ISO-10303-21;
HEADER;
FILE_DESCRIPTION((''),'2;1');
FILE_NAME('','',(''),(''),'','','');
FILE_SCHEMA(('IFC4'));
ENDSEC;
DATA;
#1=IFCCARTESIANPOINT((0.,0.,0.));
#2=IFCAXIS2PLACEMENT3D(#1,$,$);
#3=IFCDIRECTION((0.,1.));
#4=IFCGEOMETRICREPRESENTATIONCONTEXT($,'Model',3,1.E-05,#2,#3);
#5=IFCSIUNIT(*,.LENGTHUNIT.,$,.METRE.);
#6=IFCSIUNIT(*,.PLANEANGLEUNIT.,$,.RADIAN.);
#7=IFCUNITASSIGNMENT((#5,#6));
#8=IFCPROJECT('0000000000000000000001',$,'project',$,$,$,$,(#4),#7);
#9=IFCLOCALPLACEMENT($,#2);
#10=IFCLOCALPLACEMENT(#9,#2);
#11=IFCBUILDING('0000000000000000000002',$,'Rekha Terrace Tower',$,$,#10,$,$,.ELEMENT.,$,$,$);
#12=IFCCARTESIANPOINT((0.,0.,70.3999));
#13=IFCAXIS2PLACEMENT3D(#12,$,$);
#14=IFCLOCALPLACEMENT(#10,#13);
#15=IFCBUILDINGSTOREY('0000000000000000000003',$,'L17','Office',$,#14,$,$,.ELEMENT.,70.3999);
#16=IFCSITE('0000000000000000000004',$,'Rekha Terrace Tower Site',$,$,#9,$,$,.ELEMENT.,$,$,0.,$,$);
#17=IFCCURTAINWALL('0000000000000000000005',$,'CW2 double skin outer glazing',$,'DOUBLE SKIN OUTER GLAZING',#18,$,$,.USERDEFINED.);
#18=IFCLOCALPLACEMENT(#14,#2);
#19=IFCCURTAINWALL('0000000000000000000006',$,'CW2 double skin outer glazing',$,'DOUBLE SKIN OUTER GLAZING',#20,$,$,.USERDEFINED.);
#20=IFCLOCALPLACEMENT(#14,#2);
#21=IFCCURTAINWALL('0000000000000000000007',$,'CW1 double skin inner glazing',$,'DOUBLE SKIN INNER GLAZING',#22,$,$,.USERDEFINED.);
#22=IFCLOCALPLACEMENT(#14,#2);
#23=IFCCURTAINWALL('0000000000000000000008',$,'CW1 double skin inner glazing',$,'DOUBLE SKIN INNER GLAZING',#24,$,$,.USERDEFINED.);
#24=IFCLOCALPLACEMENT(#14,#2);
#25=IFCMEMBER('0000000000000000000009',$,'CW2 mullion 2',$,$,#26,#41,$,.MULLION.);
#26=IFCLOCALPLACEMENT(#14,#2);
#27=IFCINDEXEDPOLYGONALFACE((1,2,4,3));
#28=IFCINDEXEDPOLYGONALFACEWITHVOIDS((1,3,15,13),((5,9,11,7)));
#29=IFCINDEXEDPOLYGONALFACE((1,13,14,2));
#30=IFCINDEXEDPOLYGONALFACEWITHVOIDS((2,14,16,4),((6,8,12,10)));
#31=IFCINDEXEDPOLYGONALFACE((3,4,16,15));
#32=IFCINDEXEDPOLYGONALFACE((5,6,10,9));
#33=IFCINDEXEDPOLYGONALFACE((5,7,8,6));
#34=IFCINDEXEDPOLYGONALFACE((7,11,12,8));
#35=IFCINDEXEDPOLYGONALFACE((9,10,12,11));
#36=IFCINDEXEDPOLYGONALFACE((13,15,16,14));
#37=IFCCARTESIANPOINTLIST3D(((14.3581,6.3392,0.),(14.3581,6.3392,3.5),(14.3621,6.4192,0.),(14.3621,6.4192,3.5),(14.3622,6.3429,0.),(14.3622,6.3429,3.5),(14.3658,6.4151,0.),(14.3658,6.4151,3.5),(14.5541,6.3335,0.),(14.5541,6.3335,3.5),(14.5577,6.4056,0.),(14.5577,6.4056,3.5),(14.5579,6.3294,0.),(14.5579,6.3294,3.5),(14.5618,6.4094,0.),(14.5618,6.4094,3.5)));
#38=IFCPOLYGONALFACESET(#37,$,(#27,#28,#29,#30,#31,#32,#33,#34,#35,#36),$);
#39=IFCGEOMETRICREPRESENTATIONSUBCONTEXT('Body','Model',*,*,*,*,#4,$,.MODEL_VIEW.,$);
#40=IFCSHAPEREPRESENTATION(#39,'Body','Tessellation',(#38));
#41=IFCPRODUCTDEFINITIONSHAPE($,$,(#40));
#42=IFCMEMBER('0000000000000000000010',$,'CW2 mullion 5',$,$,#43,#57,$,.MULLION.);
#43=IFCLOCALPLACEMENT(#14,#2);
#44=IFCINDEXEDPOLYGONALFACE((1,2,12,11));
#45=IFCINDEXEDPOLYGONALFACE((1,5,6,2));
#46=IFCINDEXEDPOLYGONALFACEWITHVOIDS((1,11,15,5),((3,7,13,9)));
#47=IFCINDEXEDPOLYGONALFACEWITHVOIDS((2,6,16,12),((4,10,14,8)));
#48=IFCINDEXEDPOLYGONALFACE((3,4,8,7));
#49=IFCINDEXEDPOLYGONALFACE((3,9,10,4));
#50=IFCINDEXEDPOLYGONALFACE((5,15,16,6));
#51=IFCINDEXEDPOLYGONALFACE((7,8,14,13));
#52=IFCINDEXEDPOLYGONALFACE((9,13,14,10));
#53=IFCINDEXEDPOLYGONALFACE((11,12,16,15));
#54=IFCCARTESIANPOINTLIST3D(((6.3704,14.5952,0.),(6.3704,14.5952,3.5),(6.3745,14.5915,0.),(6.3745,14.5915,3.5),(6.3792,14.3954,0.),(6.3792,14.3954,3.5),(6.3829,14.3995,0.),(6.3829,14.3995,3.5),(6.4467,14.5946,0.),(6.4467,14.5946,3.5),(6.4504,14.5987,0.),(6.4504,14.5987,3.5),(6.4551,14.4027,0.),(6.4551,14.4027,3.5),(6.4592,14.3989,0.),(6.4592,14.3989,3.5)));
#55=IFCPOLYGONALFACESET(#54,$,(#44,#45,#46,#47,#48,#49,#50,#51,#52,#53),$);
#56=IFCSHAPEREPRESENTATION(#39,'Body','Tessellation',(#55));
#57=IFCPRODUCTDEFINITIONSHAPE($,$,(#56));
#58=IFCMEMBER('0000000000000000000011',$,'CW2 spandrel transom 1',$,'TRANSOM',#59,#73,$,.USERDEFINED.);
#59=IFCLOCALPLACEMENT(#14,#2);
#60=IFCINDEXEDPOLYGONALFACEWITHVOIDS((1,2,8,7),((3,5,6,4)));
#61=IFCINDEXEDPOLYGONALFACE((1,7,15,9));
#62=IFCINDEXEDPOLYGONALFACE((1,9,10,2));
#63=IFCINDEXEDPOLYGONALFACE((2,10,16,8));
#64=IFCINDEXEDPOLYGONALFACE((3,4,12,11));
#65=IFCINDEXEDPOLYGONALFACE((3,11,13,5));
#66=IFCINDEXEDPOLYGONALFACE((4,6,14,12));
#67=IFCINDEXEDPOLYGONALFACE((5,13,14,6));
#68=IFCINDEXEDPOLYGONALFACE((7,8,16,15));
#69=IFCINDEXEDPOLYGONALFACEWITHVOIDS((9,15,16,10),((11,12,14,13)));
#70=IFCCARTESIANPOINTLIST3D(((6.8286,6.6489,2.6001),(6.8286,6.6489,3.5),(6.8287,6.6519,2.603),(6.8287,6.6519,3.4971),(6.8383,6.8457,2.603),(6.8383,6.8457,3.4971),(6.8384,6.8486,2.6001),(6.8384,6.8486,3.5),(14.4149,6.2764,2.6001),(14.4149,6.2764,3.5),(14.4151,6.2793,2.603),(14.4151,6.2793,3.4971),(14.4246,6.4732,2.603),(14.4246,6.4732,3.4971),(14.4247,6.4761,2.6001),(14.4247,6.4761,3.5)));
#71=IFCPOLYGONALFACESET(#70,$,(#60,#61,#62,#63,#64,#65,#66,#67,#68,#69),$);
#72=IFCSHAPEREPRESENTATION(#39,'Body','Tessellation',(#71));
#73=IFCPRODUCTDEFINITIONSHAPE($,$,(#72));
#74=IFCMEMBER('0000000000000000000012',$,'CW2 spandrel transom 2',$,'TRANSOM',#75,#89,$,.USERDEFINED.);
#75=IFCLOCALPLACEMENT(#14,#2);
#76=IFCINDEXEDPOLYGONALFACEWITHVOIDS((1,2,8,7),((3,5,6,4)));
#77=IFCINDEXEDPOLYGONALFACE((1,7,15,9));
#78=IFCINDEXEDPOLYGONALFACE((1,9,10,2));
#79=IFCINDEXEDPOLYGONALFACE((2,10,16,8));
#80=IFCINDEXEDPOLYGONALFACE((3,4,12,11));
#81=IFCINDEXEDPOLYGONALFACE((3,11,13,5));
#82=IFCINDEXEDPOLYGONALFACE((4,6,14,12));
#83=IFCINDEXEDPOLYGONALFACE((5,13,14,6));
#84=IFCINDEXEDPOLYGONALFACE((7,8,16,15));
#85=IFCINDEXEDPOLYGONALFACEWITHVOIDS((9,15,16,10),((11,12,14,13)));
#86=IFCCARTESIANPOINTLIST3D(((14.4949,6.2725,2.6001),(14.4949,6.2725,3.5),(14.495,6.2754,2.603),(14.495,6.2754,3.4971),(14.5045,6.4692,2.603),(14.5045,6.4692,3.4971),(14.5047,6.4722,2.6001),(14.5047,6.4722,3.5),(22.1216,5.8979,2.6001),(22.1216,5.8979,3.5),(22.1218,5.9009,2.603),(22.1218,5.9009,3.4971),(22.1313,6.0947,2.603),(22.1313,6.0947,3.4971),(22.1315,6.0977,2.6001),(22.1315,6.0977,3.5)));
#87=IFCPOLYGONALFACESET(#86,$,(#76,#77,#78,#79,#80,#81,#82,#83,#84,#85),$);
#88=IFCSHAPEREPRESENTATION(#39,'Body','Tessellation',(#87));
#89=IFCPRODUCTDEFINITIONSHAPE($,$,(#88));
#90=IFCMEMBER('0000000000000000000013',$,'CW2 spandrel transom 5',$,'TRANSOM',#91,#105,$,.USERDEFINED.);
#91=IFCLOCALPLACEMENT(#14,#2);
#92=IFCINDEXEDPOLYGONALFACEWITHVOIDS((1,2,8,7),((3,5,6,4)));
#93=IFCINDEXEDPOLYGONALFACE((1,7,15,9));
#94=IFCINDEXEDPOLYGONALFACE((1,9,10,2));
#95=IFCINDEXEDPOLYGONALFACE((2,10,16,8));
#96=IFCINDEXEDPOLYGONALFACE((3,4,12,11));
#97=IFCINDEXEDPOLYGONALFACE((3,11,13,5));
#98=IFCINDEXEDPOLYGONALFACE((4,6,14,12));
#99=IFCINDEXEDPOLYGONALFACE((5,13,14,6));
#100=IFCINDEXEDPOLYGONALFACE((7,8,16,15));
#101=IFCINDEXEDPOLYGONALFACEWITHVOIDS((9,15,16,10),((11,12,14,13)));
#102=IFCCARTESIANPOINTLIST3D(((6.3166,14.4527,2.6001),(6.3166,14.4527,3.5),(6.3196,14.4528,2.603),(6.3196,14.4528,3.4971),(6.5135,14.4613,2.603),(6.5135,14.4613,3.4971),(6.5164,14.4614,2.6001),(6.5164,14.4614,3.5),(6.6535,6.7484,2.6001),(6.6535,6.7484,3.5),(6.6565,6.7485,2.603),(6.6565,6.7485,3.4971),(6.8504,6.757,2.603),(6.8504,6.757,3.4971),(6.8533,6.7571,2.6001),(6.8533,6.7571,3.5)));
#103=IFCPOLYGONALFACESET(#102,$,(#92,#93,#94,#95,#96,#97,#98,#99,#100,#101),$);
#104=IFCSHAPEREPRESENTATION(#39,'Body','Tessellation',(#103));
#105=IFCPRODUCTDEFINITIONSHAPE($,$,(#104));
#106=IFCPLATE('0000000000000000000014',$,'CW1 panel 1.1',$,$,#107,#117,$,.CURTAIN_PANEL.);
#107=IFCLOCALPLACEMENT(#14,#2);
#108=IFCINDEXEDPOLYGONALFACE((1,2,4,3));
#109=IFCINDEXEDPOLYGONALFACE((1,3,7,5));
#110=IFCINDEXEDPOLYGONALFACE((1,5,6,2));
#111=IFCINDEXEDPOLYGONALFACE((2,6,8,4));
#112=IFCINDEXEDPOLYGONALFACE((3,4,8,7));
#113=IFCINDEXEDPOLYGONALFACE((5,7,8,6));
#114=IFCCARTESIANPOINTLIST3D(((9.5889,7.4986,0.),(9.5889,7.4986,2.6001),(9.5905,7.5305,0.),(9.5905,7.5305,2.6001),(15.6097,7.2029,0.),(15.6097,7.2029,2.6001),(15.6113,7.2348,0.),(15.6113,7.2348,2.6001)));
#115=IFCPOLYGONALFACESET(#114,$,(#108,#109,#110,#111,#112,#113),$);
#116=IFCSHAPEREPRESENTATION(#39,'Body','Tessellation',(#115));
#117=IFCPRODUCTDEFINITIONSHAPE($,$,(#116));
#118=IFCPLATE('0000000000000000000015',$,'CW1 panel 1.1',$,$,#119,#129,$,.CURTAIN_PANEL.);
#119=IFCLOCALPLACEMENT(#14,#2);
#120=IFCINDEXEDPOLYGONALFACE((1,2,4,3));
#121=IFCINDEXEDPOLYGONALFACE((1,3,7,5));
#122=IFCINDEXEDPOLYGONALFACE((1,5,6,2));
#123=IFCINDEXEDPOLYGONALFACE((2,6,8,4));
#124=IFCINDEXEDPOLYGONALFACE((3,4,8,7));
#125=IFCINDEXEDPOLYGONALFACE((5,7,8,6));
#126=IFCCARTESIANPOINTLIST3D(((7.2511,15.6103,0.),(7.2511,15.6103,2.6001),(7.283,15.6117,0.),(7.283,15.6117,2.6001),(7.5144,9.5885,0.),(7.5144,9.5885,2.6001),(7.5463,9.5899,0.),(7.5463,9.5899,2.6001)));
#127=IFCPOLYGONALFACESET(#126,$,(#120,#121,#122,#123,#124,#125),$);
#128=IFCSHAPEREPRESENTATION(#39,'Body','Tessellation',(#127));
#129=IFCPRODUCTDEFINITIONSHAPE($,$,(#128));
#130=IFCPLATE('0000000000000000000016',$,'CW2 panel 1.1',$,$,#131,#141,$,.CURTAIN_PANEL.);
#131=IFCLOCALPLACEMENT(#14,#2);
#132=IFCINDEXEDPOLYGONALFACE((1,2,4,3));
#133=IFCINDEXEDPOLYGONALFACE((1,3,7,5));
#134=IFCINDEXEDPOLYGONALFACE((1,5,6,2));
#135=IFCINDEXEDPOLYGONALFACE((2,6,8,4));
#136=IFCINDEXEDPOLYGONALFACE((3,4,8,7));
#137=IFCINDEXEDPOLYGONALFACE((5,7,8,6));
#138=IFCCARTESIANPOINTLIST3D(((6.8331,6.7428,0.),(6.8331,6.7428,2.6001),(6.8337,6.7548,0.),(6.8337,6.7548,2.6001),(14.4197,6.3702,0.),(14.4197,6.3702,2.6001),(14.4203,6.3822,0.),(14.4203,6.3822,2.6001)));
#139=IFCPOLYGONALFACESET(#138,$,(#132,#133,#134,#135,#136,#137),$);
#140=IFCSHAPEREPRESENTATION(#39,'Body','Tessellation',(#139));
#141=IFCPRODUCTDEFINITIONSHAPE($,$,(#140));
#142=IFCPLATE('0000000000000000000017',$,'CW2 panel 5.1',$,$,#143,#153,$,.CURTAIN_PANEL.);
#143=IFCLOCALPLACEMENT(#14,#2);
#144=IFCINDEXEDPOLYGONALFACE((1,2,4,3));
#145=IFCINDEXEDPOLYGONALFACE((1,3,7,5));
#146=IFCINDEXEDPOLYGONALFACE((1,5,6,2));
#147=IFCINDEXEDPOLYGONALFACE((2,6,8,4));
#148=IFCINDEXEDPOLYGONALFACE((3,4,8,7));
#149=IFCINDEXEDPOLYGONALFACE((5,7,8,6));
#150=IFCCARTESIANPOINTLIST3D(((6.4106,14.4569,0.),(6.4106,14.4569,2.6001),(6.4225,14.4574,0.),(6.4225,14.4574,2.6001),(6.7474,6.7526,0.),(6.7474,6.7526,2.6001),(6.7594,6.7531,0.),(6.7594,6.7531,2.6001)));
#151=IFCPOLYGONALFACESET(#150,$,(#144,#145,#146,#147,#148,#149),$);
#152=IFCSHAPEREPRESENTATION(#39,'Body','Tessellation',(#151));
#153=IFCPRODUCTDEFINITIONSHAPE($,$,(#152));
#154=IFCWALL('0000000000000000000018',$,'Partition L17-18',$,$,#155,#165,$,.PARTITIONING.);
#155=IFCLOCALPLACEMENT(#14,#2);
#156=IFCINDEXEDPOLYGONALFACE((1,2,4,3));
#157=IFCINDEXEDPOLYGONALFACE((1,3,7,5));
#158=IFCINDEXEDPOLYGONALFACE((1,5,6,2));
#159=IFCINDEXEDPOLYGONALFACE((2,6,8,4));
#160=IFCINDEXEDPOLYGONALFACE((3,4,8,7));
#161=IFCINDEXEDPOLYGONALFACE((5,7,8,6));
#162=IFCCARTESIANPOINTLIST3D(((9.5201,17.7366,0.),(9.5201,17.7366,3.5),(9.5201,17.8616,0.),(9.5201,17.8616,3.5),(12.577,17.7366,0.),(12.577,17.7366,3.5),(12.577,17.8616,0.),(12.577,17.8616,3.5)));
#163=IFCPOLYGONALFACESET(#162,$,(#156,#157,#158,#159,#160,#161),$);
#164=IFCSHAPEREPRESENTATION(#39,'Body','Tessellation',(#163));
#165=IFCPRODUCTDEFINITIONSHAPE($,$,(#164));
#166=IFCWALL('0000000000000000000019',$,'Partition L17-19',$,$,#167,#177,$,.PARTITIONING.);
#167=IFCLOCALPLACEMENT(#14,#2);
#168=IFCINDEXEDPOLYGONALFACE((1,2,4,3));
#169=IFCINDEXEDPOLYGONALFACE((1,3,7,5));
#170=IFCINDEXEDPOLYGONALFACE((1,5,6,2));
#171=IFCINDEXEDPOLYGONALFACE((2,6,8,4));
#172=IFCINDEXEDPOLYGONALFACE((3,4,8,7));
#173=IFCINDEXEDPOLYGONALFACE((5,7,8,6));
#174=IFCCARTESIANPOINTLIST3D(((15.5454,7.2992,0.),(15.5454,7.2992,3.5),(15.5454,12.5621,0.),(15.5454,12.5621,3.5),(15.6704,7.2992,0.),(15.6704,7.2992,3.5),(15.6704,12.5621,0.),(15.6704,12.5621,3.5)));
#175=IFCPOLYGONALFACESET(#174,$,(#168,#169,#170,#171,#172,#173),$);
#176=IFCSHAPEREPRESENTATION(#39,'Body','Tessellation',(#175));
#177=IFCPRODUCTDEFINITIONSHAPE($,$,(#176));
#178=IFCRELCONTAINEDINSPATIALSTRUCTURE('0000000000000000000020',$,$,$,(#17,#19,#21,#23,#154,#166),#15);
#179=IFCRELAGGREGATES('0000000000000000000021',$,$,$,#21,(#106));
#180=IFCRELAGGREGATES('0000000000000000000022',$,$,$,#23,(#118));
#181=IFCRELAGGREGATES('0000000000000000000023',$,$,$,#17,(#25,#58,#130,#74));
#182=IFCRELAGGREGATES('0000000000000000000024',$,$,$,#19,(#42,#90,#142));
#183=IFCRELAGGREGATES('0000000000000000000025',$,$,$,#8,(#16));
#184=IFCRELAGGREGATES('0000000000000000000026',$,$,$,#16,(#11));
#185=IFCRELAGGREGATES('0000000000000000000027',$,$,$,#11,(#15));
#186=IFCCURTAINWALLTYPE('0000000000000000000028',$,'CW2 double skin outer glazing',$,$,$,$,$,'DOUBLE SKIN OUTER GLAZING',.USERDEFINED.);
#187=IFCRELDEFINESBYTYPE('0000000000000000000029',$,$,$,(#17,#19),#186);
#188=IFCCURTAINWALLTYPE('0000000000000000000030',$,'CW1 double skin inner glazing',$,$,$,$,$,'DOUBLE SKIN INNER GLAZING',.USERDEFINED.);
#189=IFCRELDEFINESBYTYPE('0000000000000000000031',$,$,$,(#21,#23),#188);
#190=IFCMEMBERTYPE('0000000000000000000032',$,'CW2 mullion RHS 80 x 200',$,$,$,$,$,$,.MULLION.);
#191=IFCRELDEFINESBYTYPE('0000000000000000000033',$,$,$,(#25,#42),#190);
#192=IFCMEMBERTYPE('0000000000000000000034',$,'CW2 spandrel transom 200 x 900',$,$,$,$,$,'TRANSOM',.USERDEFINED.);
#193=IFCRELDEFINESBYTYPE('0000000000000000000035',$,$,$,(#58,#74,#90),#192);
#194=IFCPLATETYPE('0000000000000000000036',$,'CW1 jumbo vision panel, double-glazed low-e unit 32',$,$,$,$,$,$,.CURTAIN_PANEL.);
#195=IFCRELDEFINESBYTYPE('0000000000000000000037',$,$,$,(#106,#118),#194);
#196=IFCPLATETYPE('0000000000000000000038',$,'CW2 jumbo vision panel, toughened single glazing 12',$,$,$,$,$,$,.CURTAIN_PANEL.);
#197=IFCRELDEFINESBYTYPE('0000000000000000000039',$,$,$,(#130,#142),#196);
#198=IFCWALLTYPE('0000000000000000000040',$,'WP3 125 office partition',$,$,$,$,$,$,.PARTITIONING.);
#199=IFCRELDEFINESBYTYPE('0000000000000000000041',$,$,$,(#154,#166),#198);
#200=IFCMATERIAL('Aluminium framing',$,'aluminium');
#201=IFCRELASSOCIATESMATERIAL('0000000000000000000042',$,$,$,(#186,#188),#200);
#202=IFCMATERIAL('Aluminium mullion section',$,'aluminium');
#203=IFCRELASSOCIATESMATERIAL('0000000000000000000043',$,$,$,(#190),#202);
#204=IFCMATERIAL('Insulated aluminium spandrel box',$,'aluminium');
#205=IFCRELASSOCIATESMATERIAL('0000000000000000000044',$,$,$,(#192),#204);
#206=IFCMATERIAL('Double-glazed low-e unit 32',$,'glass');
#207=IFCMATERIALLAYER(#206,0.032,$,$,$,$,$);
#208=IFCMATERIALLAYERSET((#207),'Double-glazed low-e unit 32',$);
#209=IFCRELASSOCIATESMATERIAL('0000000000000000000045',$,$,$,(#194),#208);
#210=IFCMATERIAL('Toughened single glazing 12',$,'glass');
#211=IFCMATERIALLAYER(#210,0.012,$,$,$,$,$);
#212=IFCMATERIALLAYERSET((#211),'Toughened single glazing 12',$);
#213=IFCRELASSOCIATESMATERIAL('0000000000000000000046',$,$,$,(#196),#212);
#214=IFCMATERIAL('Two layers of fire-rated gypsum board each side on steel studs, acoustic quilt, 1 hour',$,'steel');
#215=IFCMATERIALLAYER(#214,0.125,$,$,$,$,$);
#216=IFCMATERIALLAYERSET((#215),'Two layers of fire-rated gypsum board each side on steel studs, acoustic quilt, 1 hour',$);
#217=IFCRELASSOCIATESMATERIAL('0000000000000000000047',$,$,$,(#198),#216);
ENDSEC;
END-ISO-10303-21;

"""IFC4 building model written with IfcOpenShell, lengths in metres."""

from ifc_helpers import new_model, si_unit, direction, frame, frame_2d, origin, origin_2d, place, context, subcontext, project, spatial, rectangle, hollow_rectangle, extrude, material, layer, layer_set, material_profile, profile_set, type_object, element, aggregate, save


model = new_model("IFC4")

# Units and contexts
model_context = context("Model", 3, precision=1e-05, world=origin(), true_north=direction((0.0, 1.0)))
body_context = subcontext(model_context, "Body", "Model", "MODEL_VIEW")
ifc_project = project(units=[si_unit("LENGTHUNIT", "METRE"), si_unit("PLANEANGLEUNIT", "RADIAN")], contexts=[model_context])

# Site, building, storey
site_placement = place(None, origin())
site = spatial("IfcSite", under=ifc_project, at=site_placement, Name="Rekha Terrace Tower Site", CompositionType="ELEMENT", RefElevation=0.0)
building_placement = place(site_placement, origin())
building = spatial("IfcBuilding", under=site, at=building_placement, Name="Rekha Terrace Tower", CompositionType="ELEMENT")
storey_placement = place(building_placement, frame((0.0, 0.0, 70.3999)))
storey = spatial("IfcBuildingStorey", under=building, at=storey_placement, Name="L17", Description="Office", CompositionType="ELEMENT", Elevation=70.3999)

# Curtain walls
ifc_material_1 = material(Name="Aluminium framing", Category="aluminium")
curtain_wall_type_1 = type_object("IfcCurtainWallType", Name="CW2 double skin outer glazing", ElementType="DOUBLE SKIN OUTER GLAZING", PredefinedType="USERDEFINED", material=ifc_material_1)
curtain_wall_1_placement = place(storey_placement, origin())
curtain_wall_1 = element("IfcCurtainWall", 1, at=curtain_wall_1_placement, inside=storey, type_object=curtain_wall_type_1, Name="CW2 double skin outer glazing", ObjectType="DOUBLE SKIN OUTER GLAZING", PredefinedType="USERDEFINED")
curtain_wall_2_placement = place(storey_placement, origin())
curtain_wall_2 = element("IfcCurtainWall", 2, at=curtain_wall_2_placement, inside=storey, type_object=curtain_wall_type_1, Name="CW2 double skin outer glazing", ObjectType="DOUBLE SKIN OUTER GLAZING", PredefinedType="USERDEFINED")
curtain_wall_type_2 = type_object("IfcCurtainWallType", Name="CW1 double skin inner glazing", ElementType="DOUBLE SKIN INNER GLAZING", PredefinedType="USERDEFINED", material=ifc_material_1)
curtain_wall_3_placement = place(storey_placement, origin())
curtain_wall_3 = element("IfcCurtainWall", 3, at=curtain_wall_3_placement, inside=storey, type_object=curtain_wall_type_2, Name="CW1 double skin inner glazing", ObjectType="DOUBLE SKIN INNER GLAZING", PredefinedType="USERDEFINED")
ifc_material_2 = material(Name="Aluminium mullion section", Category="aluminium")

# Curtain wall
curtain_wall_4_placement = place(storey_placement, origin())
curtain_wall_4 = element("IfcCurtainWall", 4, at=curtain_wall_4_placement, inside=storey, type_object=curtain_wall_type_2, Name="CW1 double skin inner glazing", ObjectType="DOUBLE SKIN INNER GLAZING", PredefinedType="USERDEFINED")

# Members
ifc_material_3 = material(Name="Insulated aluminium spandrel box", Category="aluminium")
ifc_material_profile_1 = material_profile(ifc_material_2, hollow_rectangle(XDim=0.0801, YDim=0.2, WallThickness=0.0039, at=origin_2d()), Name="AL RHS 80x200")
ifc_profile_set_1 = profile_set([ifc_material_profile_1], Name="Aluminium mullion section")
member_type_1 = type_object("IfcMemberType", Name="CW2 mullion RHS 80 x 200", PredefinedType="MULLION", material=ifc_profile_set_1)
member_1_placement = place(storey_placement, frame((14.46, 6.3743, 0.0), z_axis=(0.0, 0.0, 1.0), x_axis=(0.049052, 0.998796, 0.0)))
member_1 = element("IfcMember", 5, at=member_1_placement, type_object=member_type_1, Name="CW2 mullion 2", PredefinedType="MULLION", context=body_context, shape_type="SweptSolid", body=[
    extrude(hollow_rectangle(XDim=0.0801, YDim=0.2, WallThickness=0.0039, at=origin_2d()), origin(), (0.0, 0.0, 1.0), 3.5),
])
member_2_placement = place(storey_placement, frame((6.4148, 14.4971, 0.0), z_axis=(0.0, 0.0, 1.0), x_axis=(0.999045, 0.043683, 0.0)))
member_2 = element("IfcMember", 6, at=member_2_placement, type_object=member_type_1, Name="CW2 mullion 5", PredefinedType="MULLION", context=body_context, shape_type="SweptSolid", body=[
    extrude(hollow_rectangle(XDim=0.0801, YDim=0.2, WallThickness=0.0039, at=origin_2d()), origin(), (0.0, 0.0, 1.0), 3.5),
])
ifc_material_profile_2 = material_profile(ifc_material_3, hollow_rectangle(XDim=0.2, YDim=0.8999, WallThickness=0.0029, at=origin_2d()), Name="AL SPANDREL BOX 200x900")
ifc_profile_set_2 = profile_set([ifc_material_profile_2], Name="Insulated aluminium spandrel box")
member_type_2 = type_object("IfcMemberType", Name="CW2 spandrel transom 200 x 900", ElementType="TRANSOM", PredefinedType="USERDEFINED", material=ifc_profile_set_2)
member_3_placement = place(storey_placement, frame((6.8335, 6.7488, 3.05), z_axis=(0.998796, -0.049049, 0.0), x_axis=(0.049049, 0.998796, 0.0)))
member_3 = element("IfcMember", 7, at=member_3_placement, type_object=member_type_2, Name="CW2 spandrel transom 1", ObjectType="TRANSOM", PredefinedType="USERDEFINED", context=body_context, shape_type="SweptSolid", body=[
    extrude(hollow_rectangle(XDim=0.2, YDim=0.8999, WallThickness=0.0029, at=origin_2d()), origin(), (0.0, 0.0, 1.0), 7.5955),
])
member_4_placement = place(storey_placement, frame((14.4998, 6.3723, 3.05), z_axis=(0.998797, -0.049046, 0.0), x_axis=(0.049046, 0.998797, 0.0)))
member_4 = element("IfcMember", 8, at=member_4_placement, type_object=member_type_2, Name="CW2 spandrel transom 2", ObjectType="TRANSOM", PredefinedType="USERDEFINED", context=body_context, shape_type="SweptSolid", body=[
    extrude(hollow_rectangle(XDim=0.2, YDim=0.8999, WallThickness=0.0029, at=origin_2d()), origin(), (0.0, 0.0, 1.0), 7.636),
])
member_5_placement = place(storey_placement, frame((6.4165, 14.457, 3.05), z_axis=(0.043689, -0.999045, 0.0), x_axis=(0.999045, 0.043689, 0.0)))
member_5 = element("IfcMember", 9, at=member_5_placement, type_object=member_type_2, Name="CW2 spandrel transom 5", ObjectType="TRANSOM", PredefinedType="USERDEFINED", context=body_context, shape_type="SweptSolid", body=[
    extrude(hollow_rectangle(XDim=0.2, YDim=0.8999, WallThickness=0.0029, at=origin_2d()), origin(), (0.0, 0.0, 1.0), 7.7117),
])

# Plates
ifc_material_4 = material(Name="Double-glazed low-e unit 32", Category="glass")
ifc_layer_1 = layer(ifc_material_4, 0.032)
ifc_layer_set_1 = layer_set([ifc_layer_1], Name="Double-glazed low-e unit 32")
plate_type_1 = type_object("IfcPlateType", Name="CW1 jumbo vision panel, double-glazed low-e unit 32", PredefinedType="CURTAIN_PANEL", material=ifc_layer_set_1)
plate_1_placement = place(storey_placement, frame((12.6001, 7.3667, 0.0), z_axis=(0.0, 0.0, 1.0), x_axis=(0.998796, -0.049052, 0.0)))
plate_1 = element("IfcPlate", 10, at=plate_1_placement, type_object=plate_type_1, Name="CW1 panel 1.1", PredefinedType="CURTAIN_PANEL", context=body_context, shape_type="SweptSolid", body=[
    extrude(rectangle(XDim=6.0281, YDim=0.032, at=origin_2d()), origin(), (0.0, 0.0, 1.0), 2.6001),
])
aggregate(curtain_wall_3, [plate_1])
plate_2_placement = place(storey_placement, frame((7.3987, 12.6001, 0.0), z_axis=(0.0, 0.0, 1.0), x_axis=(0.043683, -0.999045, 0.0)))
plate_2 = element("IfcPlate", 11, at=plate_2_placement, type_object=plate_type_1, Name="CW1 panel 1.1", PredefinedType="CURTAIN_PANEL", context=body_context, shape_type="SweptSolid", body=[
    extrude(rectangle(XDim=6.0276, YDim=0.032, at=origin_2d()), origin(), (0.0, 0.0, 1.0), 2.6001),
])
aggregate(curtain_wall_4, [plate_2])
ifc_material_5 = material(Name="Toughened single glazing 12", Category="glass")
ifc_layer_2 = layer(ifc_material_5, 0.012)
ifc_layer_set_2 = layer_set([ifc_layer_2], Name="Toughened single glazing 12")
plate_type_2 = type_object("IfcPlateType", Name="CW2 jumbo vision panel, toughened single glazing 12", PredefinedType="CURTAIN_PANEL", material=ifc_layer_set_2)
plate_3_placement = place(storey_placement, frame((10.6267, 6.5625, 0.0), z_axis=(0.0, 0.0, 1.0), x_axis=(0.998796, -0.049052, 0.0)))
plate_3 = element("IfcPlate", 12, at=plate_3_placement, type_object=plate_type_2, Name="CW2 panel 1.1", PredefinedType="CURTAIN_PANEL", context=body_context, shape_type="SweptSolid", body=[
    extrude(rectangle(XDim=7.5957, YDim=0.012, at=origin_2d()), origin(), (0.0, 0.0, 1.0), 2.6001),
])
aggregate(curtain_wall_1, [member_1, member_3, plate_3, member_4])
plate_4_placement = place(storey_placement, frame((6.585, 10.605, 0.0), z_axis=(0.0, 0.0, 1.0), x_axis=(0.043683, -0.999045, 0.0)))
plate_4 = element("IfcPlate", 13, at=plate_4_placement, type_object=plate_type_2, Name="CW2 panel 5.1", PredefinedType="CURTAIN_PANEL", context=body_context, shape_type="SweptSolid", body=[
    extrude(rectangle(XDim=7.7117, YDim=0.012, at=origin_2d()), origin(), (0.0, 0.0, 1.0), 2.6001),
])
aggregate(curtain_wall_2, [member_2, member_5, plate_4])

# Walls
ifc_material_6 = material(Name="Two layers of fire-rated gypsum board each side on steel studs, acoustic quilt, 1 hour", Category="steel")
ifc_layer_3 = layer(ifc_material_6, 0.125)
ifc_layer_set_3 = layer_set([ifc_layer_3], Name="Two layers of fire-rated gypsum board each side on steel studs, acoustic quilt, 1 hour")
wall_type = type_object("IfcWallType", Name="WP3 125 office partition", PredefinedType="PARTITIONING", material=ifc_layer_set_3)
wall_1_placement = place(storey_placement, frame((12.5769, 17.7991, 0.0), z_axis=(0.0, 0.0, 1.0), x_axis=(-1.0, 0.0, 0.0)))
element("IfcWall", 14, at=wall_1_placement, inside=storey, type_object=wall_type, Name="Partition L17-18", PredefinedType="PARTITIONING", context=body_context, shape_type="SweptSolid", body=[
    extrude(rectangle(XDim=3.0569, YDim=0.125, at=frame_2d((1.5283, 0.0))), origin(), (0.0, 0.0, 1.0), 3.5),
])
wall_2_placement = place(storey_placement, frame((15.6079, 12.562, 0.0), z_axis=(0.0, 0.0, 1.0), x_axis=(0.0, -1.0, 0.0)))
element("IfcWall", 15, at=wall_2_placement, inside=storey, type_object=wall_type, Name="Partition L17-19", PredefinedType="PARTITIONING", context=body_context, shape_type="SweptSolid", body=[
    extrude(rectangle(XDim=5.2629, YDim=0.125, at=frame_2d((2.6313, 0.0))), origin(), (0.0, 0.0, 1.0), 3.5),
])

save(model, "model.ifc")
